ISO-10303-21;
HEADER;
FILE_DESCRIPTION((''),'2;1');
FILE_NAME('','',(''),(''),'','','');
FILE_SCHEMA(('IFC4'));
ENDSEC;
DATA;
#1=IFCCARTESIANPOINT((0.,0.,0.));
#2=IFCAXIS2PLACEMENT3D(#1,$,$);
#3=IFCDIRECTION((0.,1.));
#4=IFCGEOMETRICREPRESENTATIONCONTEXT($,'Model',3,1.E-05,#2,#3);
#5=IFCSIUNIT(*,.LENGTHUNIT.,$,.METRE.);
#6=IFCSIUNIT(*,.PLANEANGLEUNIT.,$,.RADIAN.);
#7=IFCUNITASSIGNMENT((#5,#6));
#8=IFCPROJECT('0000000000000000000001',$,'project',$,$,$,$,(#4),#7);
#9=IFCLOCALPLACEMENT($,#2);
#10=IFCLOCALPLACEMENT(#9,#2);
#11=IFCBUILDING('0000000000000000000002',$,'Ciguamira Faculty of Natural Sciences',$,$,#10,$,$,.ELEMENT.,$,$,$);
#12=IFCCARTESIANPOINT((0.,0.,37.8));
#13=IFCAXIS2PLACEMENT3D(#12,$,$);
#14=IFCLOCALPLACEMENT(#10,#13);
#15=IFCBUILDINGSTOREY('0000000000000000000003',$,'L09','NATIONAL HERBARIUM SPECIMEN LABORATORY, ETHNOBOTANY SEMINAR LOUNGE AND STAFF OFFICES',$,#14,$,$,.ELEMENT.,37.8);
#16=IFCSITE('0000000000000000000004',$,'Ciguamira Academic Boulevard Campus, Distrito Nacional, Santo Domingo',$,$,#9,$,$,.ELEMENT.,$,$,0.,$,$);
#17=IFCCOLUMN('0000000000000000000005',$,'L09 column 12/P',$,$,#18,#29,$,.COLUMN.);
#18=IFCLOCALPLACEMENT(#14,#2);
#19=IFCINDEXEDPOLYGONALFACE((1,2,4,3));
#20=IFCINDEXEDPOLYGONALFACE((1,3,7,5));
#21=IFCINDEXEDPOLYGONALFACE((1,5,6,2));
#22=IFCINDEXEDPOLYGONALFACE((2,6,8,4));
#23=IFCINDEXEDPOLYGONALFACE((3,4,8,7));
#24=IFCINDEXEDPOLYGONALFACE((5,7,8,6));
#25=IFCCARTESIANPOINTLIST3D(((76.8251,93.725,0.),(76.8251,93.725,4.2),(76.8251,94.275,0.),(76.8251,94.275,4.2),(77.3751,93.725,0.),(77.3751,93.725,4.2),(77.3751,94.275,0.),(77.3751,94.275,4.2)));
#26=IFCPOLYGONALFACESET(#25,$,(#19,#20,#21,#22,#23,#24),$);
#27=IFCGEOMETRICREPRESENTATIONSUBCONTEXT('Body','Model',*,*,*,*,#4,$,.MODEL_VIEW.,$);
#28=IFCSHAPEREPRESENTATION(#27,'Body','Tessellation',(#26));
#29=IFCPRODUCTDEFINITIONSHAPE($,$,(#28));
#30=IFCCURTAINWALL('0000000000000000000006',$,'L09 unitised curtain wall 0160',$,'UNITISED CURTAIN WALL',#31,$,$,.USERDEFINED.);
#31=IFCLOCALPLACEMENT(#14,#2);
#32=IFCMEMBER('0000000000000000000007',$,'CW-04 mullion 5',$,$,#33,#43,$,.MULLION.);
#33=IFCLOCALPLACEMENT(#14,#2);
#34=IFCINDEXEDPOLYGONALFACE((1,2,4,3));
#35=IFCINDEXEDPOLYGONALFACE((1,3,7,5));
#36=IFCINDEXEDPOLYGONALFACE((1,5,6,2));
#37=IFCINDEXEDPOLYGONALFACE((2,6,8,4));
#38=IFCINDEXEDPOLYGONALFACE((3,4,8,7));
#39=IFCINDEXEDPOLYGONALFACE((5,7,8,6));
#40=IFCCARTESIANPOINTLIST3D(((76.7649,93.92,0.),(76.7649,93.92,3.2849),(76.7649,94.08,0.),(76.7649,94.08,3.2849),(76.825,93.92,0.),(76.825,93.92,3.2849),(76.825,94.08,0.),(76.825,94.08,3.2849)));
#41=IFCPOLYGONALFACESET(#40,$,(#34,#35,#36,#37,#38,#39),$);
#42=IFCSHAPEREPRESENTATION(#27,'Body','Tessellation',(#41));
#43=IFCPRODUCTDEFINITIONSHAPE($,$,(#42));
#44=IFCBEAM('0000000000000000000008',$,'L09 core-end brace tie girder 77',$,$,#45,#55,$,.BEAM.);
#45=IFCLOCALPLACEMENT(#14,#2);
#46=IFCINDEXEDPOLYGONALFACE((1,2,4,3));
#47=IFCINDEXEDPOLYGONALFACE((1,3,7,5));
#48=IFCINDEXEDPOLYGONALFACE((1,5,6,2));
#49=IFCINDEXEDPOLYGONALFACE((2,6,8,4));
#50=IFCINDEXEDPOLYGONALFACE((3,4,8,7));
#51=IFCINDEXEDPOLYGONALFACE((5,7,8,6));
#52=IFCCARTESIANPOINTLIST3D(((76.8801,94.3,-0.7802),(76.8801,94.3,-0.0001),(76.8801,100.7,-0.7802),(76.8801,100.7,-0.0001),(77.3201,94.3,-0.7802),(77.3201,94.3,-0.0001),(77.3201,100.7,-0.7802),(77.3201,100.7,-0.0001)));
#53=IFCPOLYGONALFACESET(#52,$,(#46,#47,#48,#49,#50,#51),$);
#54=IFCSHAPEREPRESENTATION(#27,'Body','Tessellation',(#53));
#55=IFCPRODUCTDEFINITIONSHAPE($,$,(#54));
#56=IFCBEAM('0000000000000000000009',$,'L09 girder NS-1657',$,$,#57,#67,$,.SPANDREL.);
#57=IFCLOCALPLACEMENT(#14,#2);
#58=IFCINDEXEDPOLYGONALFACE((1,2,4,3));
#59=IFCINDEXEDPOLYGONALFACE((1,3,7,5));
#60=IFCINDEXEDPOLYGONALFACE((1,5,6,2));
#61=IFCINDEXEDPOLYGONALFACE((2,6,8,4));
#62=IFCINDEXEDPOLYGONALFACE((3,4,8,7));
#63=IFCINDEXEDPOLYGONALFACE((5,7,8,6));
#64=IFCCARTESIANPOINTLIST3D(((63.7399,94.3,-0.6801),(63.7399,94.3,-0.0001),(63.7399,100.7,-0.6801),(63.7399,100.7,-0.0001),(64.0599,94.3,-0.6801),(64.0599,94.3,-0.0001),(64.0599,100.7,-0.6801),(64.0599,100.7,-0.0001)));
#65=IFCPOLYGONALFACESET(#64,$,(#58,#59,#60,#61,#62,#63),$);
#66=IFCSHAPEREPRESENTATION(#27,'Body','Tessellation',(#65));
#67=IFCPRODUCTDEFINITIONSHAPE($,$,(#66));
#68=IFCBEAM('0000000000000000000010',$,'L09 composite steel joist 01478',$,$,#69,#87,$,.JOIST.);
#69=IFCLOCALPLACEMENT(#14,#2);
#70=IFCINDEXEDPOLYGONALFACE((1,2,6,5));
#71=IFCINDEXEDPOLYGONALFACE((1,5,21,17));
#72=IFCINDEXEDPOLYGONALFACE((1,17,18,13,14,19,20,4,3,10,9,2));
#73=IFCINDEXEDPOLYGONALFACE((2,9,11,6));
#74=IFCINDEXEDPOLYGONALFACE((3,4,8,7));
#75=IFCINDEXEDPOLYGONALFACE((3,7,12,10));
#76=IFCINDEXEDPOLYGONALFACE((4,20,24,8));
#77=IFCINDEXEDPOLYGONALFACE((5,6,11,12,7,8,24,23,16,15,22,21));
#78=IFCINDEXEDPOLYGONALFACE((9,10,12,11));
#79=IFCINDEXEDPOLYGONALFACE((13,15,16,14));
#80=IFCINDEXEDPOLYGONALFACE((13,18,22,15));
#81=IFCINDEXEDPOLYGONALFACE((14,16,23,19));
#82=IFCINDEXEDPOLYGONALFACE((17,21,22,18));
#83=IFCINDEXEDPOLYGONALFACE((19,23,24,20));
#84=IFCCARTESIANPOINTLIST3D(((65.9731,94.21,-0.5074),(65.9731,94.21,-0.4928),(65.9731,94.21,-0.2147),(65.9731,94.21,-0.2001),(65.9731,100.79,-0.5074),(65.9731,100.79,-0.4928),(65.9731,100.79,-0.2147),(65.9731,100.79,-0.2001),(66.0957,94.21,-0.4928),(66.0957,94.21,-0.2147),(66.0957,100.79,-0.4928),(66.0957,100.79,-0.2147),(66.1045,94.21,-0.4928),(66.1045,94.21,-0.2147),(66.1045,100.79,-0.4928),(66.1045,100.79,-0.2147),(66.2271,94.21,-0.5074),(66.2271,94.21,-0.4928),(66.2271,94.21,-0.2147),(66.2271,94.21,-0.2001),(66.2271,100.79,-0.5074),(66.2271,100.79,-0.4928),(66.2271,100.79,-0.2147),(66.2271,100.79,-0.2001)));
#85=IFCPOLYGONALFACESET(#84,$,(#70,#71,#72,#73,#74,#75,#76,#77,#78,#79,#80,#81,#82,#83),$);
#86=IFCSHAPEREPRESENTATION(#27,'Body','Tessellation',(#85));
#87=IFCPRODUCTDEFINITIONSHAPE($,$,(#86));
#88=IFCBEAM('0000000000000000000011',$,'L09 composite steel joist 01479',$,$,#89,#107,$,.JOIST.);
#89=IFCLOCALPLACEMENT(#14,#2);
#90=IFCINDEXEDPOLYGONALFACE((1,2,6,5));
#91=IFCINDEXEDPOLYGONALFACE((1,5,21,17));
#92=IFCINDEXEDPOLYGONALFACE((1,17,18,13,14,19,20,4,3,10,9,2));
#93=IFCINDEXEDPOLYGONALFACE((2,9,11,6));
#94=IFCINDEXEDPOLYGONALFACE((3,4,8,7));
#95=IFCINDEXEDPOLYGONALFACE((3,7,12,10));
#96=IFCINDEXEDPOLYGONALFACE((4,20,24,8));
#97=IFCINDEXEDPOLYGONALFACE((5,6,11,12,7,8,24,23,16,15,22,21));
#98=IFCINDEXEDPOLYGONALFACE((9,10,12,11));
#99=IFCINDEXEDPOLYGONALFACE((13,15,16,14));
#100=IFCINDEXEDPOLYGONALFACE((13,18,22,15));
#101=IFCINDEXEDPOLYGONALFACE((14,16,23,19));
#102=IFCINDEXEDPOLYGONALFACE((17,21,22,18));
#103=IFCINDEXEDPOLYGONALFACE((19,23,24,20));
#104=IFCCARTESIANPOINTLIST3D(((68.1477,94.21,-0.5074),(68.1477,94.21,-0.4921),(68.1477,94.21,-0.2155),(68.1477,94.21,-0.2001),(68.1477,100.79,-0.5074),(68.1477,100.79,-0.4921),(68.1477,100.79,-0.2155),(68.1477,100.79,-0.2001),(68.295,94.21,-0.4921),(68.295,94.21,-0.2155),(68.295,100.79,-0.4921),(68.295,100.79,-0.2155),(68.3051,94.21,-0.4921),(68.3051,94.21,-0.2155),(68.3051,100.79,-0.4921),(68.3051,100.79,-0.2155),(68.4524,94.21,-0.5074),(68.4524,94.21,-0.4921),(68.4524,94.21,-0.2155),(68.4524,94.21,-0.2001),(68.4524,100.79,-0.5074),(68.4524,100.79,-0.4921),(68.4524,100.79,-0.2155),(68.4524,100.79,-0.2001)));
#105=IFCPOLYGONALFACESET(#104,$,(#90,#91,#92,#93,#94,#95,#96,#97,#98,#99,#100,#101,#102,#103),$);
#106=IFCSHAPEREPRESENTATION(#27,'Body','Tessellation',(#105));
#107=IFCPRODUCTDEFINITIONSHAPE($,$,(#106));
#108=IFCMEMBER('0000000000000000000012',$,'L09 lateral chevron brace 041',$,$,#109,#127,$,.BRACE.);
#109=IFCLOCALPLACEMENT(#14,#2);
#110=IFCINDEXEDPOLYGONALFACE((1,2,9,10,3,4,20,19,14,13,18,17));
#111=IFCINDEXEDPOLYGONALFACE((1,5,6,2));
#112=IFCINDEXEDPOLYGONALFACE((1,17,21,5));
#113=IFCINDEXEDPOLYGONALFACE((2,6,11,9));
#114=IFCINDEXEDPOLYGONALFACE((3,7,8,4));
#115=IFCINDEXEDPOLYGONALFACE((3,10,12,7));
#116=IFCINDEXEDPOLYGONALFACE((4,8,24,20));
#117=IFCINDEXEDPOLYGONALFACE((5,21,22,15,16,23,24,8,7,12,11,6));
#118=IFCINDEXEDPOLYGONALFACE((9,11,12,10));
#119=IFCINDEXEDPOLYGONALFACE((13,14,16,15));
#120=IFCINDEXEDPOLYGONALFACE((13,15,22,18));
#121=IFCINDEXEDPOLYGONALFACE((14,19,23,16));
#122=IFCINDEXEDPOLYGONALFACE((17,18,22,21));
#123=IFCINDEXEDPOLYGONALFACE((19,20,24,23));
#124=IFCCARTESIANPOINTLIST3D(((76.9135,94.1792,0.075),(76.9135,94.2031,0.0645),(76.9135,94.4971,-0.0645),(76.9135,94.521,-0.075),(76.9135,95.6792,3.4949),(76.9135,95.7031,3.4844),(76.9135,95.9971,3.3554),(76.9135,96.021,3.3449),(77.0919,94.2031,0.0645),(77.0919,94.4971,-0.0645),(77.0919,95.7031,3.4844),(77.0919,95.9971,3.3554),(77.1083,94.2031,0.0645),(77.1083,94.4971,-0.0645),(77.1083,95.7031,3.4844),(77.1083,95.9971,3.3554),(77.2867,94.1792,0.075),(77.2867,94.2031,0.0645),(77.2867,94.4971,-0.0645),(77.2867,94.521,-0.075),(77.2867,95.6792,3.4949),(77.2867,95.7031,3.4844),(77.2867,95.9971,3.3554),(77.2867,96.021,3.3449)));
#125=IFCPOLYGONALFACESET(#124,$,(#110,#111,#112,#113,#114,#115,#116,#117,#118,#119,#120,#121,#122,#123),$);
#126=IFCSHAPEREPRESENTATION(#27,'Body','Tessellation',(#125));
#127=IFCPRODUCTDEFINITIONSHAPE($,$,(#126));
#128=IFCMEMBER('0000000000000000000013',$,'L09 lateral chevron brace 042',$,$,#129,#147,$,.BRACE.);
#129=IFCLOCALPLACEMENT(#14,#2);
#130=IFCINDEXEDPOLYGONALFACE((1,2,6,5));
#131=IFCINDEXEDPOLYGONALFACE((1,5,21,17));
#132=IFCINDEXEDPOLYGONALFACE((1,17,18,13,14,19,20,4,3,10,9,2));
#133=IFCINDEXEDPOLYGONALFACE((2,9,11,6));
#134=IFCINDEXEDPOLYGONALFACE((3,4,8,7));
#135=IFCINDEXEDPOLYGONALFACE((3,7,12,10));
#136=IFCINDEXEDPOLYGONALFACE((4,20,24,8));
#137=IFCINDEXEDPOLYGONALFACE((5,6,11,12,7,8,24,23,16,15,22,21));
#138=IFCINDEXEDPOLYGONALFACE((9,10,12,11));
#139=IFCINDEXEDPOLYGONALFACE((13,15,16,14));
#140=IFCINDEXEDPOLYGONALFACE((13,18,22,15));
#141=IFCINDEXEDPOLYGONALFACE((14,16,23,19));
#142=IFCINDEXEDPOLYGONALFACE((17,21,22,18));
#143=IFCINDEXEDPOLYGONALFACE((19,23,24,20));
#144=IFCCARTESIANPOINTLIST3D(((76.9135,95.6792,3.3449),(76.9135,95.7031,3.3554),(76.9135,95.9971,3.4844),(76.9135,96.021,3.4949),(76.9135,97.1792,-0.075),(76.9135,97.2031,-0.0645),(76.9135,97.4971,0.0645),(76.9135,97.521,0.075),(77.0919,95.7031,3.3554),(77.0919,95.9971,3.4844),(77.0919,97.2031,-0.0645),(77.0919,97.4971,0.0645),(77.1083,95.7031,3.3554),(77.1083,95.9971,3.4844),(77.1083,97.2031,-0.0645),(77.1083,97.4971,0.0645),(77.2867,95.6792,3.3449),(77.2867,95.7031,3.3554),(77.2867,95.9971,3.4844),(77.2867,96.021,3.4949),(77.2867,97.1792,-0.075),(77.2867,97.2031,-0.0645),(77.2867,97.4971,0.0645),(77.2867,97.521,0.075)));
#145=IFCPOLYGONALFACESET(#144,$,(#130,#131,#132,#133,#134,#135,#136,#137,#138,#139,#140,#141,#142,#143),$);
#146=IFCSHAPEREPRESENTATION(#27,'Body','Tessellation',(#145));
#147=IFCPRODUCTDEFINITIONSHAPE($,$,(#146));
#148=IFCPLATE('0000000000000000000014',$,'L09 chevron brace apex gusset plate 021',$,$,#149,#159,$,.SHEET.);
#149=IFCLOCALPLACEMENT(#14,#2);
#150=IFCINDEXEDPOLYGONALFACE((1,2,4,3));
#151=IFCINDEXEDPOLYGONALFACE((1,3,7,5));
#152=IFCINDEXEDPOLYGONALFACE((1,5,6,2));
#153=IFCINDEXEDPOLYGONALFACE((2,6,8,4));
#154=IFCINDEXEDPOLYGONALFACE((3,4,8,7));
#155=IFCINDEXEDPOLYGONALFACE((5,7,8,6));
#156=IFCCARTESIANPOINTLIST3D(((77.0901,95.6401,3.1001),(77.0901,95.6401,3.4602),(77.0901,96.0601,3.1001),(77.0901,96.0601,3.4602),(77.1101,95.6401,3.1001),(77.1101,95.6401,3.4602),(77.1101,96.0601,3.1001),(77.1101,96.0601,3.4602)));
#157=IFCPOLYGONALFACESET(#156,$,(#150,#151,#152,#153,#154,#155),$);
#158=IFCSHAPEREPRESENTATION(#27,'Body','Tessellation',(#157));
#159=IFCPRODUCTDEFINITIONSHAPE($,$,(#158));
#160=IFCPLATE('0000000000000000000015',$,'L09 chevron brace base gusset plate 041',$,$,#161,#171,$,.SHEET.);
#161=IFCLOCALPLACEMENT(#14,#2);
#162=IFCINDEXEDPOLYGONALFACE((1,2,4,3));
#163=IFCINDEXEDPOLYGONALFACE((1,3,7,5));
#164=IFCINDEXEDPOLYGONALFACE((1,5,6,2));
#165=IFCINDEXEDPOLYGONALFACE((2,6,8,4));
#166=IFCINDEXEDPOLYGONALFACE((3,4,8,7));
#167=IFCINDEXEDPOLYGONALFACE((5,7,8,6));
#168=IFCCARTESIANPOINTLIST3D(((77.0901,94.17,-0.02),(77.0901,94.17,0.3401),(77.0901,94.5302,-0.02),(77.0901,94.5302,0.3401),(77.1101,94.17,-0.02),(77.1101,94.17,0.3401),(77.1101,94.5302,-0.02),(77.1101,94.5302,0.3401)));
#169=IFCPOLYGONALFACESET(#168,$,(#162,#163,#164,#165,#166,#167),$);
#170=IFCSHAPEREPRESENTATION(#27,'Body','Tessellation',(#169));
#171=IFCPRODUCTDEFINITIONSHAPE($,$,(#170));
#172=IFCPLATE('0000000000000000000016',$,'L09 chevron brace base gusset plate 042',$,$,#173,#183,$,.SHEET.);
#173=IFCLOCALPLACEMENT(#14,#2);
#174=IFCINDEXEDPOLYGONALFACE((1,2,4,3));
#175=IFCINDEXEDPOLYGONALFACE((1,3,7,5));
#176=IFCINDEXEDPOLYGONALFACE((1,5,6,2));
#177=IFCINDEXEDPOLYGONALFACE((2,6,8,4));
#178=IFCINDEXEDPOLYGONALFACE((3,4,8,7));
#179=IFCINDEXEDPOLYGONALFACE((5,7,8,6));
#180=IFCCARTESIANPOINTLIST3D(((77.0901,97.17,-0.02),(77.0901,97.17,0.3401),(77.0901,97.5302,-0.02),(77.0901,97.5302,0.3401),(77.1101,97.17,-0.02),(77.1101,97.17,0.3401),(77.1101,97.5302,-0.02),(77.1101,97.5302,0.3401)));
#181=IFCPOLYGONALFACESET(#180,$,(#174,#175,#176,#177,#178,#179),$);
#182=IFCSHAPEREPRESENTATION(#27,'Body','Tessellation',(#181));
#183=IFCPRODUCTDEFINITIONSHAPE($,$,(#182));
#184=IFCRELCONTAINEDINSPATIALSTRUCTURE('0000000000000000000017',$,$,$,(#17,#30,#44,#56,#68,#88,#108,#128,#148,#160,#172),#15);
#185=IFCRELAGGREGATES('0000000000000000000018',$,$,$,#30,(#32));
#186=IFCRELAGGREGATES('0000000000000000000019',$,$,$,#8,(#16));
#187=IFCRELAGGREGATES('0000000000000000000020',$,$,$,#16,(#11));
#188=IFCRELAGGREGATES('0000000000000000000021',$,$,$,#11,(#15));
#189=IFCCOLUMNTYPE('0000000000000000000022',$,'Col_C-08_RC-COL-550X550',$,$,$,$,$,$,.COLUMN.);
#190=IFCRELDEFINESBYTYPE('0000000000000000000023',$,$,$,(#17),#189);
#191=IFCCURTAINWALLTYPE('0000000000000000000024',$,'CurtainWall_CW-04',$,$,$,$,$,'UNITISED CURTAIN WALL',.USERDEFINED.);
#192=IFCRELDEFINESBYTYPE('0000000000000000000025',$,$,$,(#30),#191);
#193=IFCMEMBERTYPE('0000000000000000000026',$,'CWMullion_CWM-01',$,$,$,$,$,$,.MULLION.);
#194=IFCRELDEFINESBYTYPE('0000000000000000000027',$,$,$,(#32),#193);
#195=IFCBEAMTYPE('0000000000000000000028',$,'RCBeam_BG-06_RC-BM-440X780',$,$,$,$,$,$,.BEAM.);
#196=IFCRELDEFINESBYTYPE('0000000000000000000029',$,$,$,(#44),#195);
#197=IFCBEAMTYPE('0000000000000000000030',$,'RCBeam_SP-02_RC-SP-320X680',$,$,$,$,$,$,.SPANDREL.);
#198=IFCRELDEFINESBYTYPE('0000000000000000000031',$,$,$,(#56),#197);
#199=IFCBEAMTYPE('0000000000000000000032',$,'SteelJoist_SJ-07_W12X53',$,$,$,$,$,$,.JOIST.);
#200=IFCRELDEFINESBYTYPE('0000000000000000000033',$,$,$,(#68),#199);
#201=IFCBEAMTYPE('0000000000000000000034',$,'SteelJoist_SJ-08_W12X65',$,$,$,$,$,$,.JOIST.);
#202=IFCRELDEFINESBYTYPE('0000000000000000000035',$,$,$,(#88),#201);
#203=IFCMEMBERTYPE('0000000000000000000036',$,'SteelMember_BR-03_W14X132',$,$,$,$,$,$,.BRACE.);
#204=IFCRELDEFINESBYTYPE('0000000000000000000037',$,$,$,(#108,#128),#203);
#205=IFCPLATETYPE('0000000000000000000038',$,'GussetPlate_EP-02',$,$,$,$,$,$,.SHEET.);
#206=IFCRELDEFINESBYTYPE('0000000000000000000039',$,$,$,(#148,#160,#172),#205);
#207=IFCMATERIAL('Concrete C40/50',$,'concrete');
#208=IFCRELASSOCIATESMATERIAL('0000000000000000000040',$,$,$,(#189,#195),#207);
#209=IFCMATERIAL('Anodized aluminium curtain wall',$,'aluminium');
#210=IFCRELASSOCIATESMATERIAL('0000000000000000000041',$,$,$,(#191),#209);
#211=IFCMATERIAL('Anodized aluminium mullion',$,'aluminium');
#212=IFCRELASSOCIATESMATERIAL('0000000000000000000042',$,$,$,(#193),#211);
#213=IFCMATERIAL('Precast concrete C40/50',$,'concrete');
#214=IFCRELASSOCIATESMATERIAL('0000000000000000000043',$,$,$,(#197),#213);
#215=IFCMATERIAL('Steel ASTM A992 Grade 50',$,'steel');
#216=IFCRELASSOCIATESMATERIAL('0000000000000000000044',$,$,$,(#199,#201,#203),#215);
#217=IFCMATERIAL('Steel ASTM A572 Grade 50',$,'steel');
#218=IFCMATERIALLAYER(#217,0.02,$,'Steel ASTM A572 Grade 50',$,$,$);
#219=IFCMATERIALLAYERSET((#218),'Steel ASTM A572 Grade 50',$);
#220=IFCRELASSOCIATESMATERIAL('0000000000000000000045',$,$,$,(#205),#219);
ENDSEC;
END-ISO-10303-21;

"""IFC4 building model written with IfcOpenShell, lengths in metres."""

from ifc_helpers import new_model, si_unit, direction, frame, origin, origin_2d, place, context, subcontext, project, spatial, rectangle, i_section, extrude, material, layer, layer_set, material_profile, profile_set, type_object, element, aggregate, save


model = new_model("IFC4")

# Units and contexts
model_context = context("Model", 3, precision=1e-05, world=origin(), true_north=direction((0.0, 1.0)))
body_context = subcontext(model_context, "Body", "Model", "MODEL_VIEW")
ifc_project = project(units=[si_unit("LENGTHUNIT", "METRE"), si_unit("PLANEANGLEUNIT", "RADIAN")], contexts=[model_context])

# Site, building, storey
site_placement = place(None, origin())
site = spatial("IfcSite", under=ifc_project, at=site_placement, Name="Ciguamira Academic Boulevard Campus, Distrito Nacional, Santo Domingo", CompositionType="ELEMENT", RefElevation=0.0)
building_placement = place(site_placement, origin())
building = spatial("IfcBuilding", under=site, at=building_placement, Name="Ciguamira Faculty of Natural Sciences", CompositionType="ELEMENT")
storey_placement = place(building_placement, frame((0.0, 0.0, 37.8)))
storey = spatial("IfcBuildingStorey", under=building, at=storey_placement, Name="L09", Description="NATIONAL HERBARIUM SPECIMEN LABORATORY, ETHNOBOTANY SEMINAR LOUNGE AND STAFF OFFICES", CompositionType="ELEMENT", Elevation=37.8)

# Column
ifc_material_1 = material(Name="Concrete C40/50", Category="concrete")
ifc_material_profile_1 = material_profile(ifc_material_1, rectangle(XDim=0.55, YDim=0.55, at=origin_2d()), Name="RC-COL-550X550")
ifc_profile_set_1 = profile_set([ifc_material_profile_1], Name="Concrete C40/50")
column_type = type_object("IfcColumnType", Name="Col_C-08_RC-COL-550X550", PredefinedType="COLUMN", material=ifc_profile_set_1)
column_placement = place(storey_placement, frame((77.1001, 94.0, 0.0), z_axis=(0.0, 0.0, 1.0), x_axis=(1.0, 0.0, 0.0)))
element("IfcColumn", 1, at=column_placement, inside=storey, type_object=column_type, Name="L09 column 12/P", PredefinedType="COLUMN", context=body_context, shape_type="SweptSolid", body=[
    extrude(rectangle(XDim=0.55, YDim=0.55, at=origin_2d()), origin(), (0.0, 0.0, 1.0), 4.2),
])

# Curtain wall, member
ifc_material_2 = material(Name="Anodized aluminium curtain wall", Category="aluminium")
curtain_wall_type = type_object("IfcCurtainWallType", Name="CurtainWall_CW-04", ElementType="UNITISED CURTAIN WALL", PredefinedType="USERDEFINED", material=ifc_material_2)
curtain_wall_placement = place(storey_placement, origin())
curtain_wall = element("IfcCurtainWall", 2, at=curtain_wall_placement, inside=storey, type_object=curtain_wall_type, Name="L09 unitised curtain wall 0160", ObjectType="UNITISED CURTAIN WALL", PredefinedType="USERDEFINED")
ifc_material_3 = material(Name="Anodized aluminium mullion", Category="aluminium")
ifc_material_profile_2 = material_profile(ifc_material_3, rectangle(XDim=0.0601, YDim=0.1599, at=origin_2d()), Name="ALU-MUL-60X160")
ifc_profile_set_2 = profile_set([ifc_material_profile_2], Name="Anodized aluminium mullion")
member_type_1 = type_object("IfcMemberType", Name="CWMullion_CWM-01", PredefinedType="MULLION", material=ifc_profile_set_2)
member_placement = place(storey_placement, frame((76.7949, 94.0, 0.0), z_axis=(0.0, 0.0, 1.0), x_axis=(1.0, 0.0, 0.0)))
member = element("IfcMember", 3, at=member_placement, type_object=member_type_1, Name="CW-04 mullion 5", PredefinedType="MULLION", context=body_context, shape_type="SweptSolid", body=[
    extrude(rectangle(XDim=0.0601, YDim=0.1599, at=origin_2d()), origin(), (0.0, 0.0, 1.0), 3.2849),
])
aggregate(curtain_wall, [member])

# Beams
ifc_material_profile_3 = material_profile(ifc_material_1, rectangle(XDim=0.4399, YDim=0.78, at=origin_2d()), Name="RC-BM-440X780")
ifc_profile_set_3 = profile_set([ifc_material_profile_3], Name="Concrete C40/50")
beam_type_1 = type_object("IfcBeamType", Name="RCBeam_BG-06_RC-BM-440X780", PredefinedType="BEAM", material=ifc_profile_set_3)
beam_1_placement = place(storey_placement, frame((77.1001, 94.3, -0.3901), z_axis=(0.0, 1.0, 0.0), x_axis=(-1.0, 0.0, 0.0)))
element("IfcBeam", 4, at=beam_1_placement, inside=storey, type_object=beam_type_1, Name="L09 core-end brace tie girder 77", PredefinedType="BEAM", context=body_context, shape_type="SweptSolid", body=[
    extrude(rectangle(XDim=0.4399, YDim=0.78, at=origin_2d()), origin(), (0.0, 0.0, 1.0), 6.3999),
])
ifc_material_4 = material(Name="Precast concrete C40/50", Category="concrete")
ifc_material_profile_4 = material_profile(ifc_material_4, rectangle(XDim=0.3201, YDim=0.6799, at=origin_2d()), Name="RC-SP-320X680")
ifc_profile_set_4 = profile_set([ifc_material_profile_4], Name="Precast concrete C40/50")
beam_type_2 = type_object("IfcBeamType", Name="RCBeam_SP-02_RC-SP-320X680", PredefinedType="SPANDREL", material=ifc_profile_set_4)
beam_2_placement = place(storey_placement, frame((63.8999, 94.3, -0.3401), z_axis=(0.0, 1.0, 0.0), x_axis=(-1.0, 0.0, 0.0)))
element("IfcBeam", 5, at=beam_2_placement, inside=storey, type_object=beam_type_2, Name="L09 girder NS-1657", PredefinedType="SPANDREL", context=body_context, shape_type="SweptSolid", body=[
    extrude(rectangle(XDim=0.3201, YDim=0.6799, at=origin_2d()), origin(), (0.0, 0.0, 1.0), 6.3999),
])
ifc_material_5 = material(Name="Steel ASTM A992 Grade 50", Category="steel")
ifc_material_profile_5 = material_profile(ifc_material_5, i_section(OverallWidth=0.2539, OverallDepth=0.3074, WebThickness=0.0088, FlangeThickness=0.0146, at=origin_2d()), Name="W12X53")
ifc_profile_set_5 = profile_set([ifc_material_profile_5], Name="Steel ASTM A992 Grade 50")
beam_type_3 = type_object("IfcBeamType", Name="SteelJoist_SJ-07_W12X53", PredefinedType="JOIST", material=ifc_profile_set_5)
beam_3_placement = place(storey_placement, frame((66.1001, 94.21, -0.3538), z_axis=(0.0, 1.0, 0.0), x_axis=(-1.0, 0.0, 0.0)))
element("IfcBeam", 6, at=beam_3_placement, inside=storey, type_object=beam_type_3, Name="L09 composite steel joist 01478", PredefinedType="JOIST", context=body_context, shape_type="SweptSolid", body=[
    extrude(i_section(OverallWidth=0.2539, OverallDepth=0.3074, WebThickness=0.0088, FlangeThickness=0.0146, at=origin_2d()), origin(), (0.0, 0.0, 1.0), 6.5801),
])
ifc_material_profile_6 = material_profile(ifc_material_5, i_section(OverallWidth=0.3047, OverallDepth=0.3074, WebThickness=0.01, FlangeThickness=0.0154, at=origin_2d()), Name="W12X65")
ifc_profile_set_6 = profile_set([ifc_material_profile_6], Name="Steel ASTM A992 Grade 50")
beam_type_4 = type_object("IfcBeamType", Name="SteelJoist_SJ-08_W12X65", PredefinedType="JOIST", material=ifc_profile_set_6)
beam_4_placement = place(storey_placement, frame((68.3, 94.21, -0.3538), z_axis=(0.0, 1.0, 0.0), x_axis=(-1.0, 0.0, 0.0)))
element("IfcBeam", 7, at=beam_4_placement, inside=storey, type_object=beam_type_4, Name="L09 composite steel joist 01479", PredefinedType="JOIST", context=body_context, shape_type="SweptSolid", body=[
    extrude(i_section(OverallWidth=0.3047, OverallDepth=0.3074, WebThickness=0.01, FlangeThickness=0.0154, at=origin_2d()), origin(), (0.0, 0.0, 1.0), 6.5801),
])

# Members
ifc_material_profile_7 = material_profile(ifc_material_5, i_section(OverallWidth=0.3733, OverallDepth=0.3733, WebThickness=0.0164, FlangeThickness=0.0261, at=origin_2d()), Name="W14X132")
ifc_profile_set_7 = profile_set([ifc_material_profile_7], Name="Steel ASTM A992 Grade 50")
member_type_2 = type_object("IfcMemberType", Name="SteelMember_BR-03_W14X132", PredefinedType="BRACE", material=ifc_profile_set_7)
for number, where, z_axis, x_axis, name in (
    (8, (77.1001, 94.3501, 0.0), (0.0, 0.401669, 0.915785), (-1.0, 0.0, 0.0), "L09 lateral chevron brace 041"),
    (9, (77.1001, 97.3501, 0.0), (0.0, -0.401669, 0.915785), (1.0, 0.0, 0.0), "L09 lateral chevron brace 042"),
):
    element("IfcMember", number, at=place(storey_placement, frame(where, z_axis=z_axis, x_axis=x_axis)), inside=storey, type_object=member_type_2, Name=name, PredefinedType="BRACE", context=body_context, shape_type="SweptSolid", body=[
        extrude(i_section(OverallWidth=0.3733, OverallDepth=0.3733, WebThickness=0.0164, FlangeThickness=0.0261, at=origin_2d()), origin(), (0.0, 0.0, 1.0), 3.7344),
    ])

# Plates
ifc_material_6 = material(Name="Steel ASTM A572 Grade 50", Category="steel")
ifc_layer_1 = layer(ifc_material_6, 0.02, Name="Steel ASTM A572 Grade 50")
ifc_layer_set_1 = layer_set([ifc_layer_1], Name="Steel ASTM A572 Grade 50")
plate_type = type_object("IfcPlateType", Name="GussetPlate_EP-02", PredefinedType="SHEET", material=ifc_layer_set_1)
plate_placement = place(storey_placement, frame((77.1001, 95.8501, 3.1001), z_axis=(0.0, 0.0, 1.0), x_axis=(1.0, 0.0, 0.0)))
element("IfcPlate", 10, at=plate_placement, inside=storey, type_object=plate_type, Name="L09 chevron brace apex gusset plate 021", PredefinedType="SHEET", context=body_context, shape_type="SweptSolid", body=[
    extrude(rectangle(XDim=0.02, YDim=0.4199, at=origin_2d()), origin(), (0.0, 0.0, 1.0), 0.3601),
])
for number, where, z_axis, x_axis, name in (
    (11, (77.1001, 94.3501, -0.02), (0.0, 0.0, 1.0), (1.0, 0.0, 0.0), "L09 chevron brace base gusset plate 041"),
    (12, (77.1001, 97.3501, -0.02), (0.0, 0.0, 1.0), (1.0, 0.0, 0.0), "L09 chevron brace base gusset plate 042"),
):
    element("IfcPlate", number, at=place(storey_placement, frame(where, z_axis=z_axis, x_axis=x_axis)), inside=storey, type_object=plate_type, Name=name, PredefinedType="SHEET", context=body_context, shape_type="SweptSolid", body=[
        extrude(rectangle(XDim=0.02, YDim=0.3601, at=origin_2d()), origin(), (0.0, 0.0, 1.0), 0.3601),
    ])

save(model, "model.ifc")
